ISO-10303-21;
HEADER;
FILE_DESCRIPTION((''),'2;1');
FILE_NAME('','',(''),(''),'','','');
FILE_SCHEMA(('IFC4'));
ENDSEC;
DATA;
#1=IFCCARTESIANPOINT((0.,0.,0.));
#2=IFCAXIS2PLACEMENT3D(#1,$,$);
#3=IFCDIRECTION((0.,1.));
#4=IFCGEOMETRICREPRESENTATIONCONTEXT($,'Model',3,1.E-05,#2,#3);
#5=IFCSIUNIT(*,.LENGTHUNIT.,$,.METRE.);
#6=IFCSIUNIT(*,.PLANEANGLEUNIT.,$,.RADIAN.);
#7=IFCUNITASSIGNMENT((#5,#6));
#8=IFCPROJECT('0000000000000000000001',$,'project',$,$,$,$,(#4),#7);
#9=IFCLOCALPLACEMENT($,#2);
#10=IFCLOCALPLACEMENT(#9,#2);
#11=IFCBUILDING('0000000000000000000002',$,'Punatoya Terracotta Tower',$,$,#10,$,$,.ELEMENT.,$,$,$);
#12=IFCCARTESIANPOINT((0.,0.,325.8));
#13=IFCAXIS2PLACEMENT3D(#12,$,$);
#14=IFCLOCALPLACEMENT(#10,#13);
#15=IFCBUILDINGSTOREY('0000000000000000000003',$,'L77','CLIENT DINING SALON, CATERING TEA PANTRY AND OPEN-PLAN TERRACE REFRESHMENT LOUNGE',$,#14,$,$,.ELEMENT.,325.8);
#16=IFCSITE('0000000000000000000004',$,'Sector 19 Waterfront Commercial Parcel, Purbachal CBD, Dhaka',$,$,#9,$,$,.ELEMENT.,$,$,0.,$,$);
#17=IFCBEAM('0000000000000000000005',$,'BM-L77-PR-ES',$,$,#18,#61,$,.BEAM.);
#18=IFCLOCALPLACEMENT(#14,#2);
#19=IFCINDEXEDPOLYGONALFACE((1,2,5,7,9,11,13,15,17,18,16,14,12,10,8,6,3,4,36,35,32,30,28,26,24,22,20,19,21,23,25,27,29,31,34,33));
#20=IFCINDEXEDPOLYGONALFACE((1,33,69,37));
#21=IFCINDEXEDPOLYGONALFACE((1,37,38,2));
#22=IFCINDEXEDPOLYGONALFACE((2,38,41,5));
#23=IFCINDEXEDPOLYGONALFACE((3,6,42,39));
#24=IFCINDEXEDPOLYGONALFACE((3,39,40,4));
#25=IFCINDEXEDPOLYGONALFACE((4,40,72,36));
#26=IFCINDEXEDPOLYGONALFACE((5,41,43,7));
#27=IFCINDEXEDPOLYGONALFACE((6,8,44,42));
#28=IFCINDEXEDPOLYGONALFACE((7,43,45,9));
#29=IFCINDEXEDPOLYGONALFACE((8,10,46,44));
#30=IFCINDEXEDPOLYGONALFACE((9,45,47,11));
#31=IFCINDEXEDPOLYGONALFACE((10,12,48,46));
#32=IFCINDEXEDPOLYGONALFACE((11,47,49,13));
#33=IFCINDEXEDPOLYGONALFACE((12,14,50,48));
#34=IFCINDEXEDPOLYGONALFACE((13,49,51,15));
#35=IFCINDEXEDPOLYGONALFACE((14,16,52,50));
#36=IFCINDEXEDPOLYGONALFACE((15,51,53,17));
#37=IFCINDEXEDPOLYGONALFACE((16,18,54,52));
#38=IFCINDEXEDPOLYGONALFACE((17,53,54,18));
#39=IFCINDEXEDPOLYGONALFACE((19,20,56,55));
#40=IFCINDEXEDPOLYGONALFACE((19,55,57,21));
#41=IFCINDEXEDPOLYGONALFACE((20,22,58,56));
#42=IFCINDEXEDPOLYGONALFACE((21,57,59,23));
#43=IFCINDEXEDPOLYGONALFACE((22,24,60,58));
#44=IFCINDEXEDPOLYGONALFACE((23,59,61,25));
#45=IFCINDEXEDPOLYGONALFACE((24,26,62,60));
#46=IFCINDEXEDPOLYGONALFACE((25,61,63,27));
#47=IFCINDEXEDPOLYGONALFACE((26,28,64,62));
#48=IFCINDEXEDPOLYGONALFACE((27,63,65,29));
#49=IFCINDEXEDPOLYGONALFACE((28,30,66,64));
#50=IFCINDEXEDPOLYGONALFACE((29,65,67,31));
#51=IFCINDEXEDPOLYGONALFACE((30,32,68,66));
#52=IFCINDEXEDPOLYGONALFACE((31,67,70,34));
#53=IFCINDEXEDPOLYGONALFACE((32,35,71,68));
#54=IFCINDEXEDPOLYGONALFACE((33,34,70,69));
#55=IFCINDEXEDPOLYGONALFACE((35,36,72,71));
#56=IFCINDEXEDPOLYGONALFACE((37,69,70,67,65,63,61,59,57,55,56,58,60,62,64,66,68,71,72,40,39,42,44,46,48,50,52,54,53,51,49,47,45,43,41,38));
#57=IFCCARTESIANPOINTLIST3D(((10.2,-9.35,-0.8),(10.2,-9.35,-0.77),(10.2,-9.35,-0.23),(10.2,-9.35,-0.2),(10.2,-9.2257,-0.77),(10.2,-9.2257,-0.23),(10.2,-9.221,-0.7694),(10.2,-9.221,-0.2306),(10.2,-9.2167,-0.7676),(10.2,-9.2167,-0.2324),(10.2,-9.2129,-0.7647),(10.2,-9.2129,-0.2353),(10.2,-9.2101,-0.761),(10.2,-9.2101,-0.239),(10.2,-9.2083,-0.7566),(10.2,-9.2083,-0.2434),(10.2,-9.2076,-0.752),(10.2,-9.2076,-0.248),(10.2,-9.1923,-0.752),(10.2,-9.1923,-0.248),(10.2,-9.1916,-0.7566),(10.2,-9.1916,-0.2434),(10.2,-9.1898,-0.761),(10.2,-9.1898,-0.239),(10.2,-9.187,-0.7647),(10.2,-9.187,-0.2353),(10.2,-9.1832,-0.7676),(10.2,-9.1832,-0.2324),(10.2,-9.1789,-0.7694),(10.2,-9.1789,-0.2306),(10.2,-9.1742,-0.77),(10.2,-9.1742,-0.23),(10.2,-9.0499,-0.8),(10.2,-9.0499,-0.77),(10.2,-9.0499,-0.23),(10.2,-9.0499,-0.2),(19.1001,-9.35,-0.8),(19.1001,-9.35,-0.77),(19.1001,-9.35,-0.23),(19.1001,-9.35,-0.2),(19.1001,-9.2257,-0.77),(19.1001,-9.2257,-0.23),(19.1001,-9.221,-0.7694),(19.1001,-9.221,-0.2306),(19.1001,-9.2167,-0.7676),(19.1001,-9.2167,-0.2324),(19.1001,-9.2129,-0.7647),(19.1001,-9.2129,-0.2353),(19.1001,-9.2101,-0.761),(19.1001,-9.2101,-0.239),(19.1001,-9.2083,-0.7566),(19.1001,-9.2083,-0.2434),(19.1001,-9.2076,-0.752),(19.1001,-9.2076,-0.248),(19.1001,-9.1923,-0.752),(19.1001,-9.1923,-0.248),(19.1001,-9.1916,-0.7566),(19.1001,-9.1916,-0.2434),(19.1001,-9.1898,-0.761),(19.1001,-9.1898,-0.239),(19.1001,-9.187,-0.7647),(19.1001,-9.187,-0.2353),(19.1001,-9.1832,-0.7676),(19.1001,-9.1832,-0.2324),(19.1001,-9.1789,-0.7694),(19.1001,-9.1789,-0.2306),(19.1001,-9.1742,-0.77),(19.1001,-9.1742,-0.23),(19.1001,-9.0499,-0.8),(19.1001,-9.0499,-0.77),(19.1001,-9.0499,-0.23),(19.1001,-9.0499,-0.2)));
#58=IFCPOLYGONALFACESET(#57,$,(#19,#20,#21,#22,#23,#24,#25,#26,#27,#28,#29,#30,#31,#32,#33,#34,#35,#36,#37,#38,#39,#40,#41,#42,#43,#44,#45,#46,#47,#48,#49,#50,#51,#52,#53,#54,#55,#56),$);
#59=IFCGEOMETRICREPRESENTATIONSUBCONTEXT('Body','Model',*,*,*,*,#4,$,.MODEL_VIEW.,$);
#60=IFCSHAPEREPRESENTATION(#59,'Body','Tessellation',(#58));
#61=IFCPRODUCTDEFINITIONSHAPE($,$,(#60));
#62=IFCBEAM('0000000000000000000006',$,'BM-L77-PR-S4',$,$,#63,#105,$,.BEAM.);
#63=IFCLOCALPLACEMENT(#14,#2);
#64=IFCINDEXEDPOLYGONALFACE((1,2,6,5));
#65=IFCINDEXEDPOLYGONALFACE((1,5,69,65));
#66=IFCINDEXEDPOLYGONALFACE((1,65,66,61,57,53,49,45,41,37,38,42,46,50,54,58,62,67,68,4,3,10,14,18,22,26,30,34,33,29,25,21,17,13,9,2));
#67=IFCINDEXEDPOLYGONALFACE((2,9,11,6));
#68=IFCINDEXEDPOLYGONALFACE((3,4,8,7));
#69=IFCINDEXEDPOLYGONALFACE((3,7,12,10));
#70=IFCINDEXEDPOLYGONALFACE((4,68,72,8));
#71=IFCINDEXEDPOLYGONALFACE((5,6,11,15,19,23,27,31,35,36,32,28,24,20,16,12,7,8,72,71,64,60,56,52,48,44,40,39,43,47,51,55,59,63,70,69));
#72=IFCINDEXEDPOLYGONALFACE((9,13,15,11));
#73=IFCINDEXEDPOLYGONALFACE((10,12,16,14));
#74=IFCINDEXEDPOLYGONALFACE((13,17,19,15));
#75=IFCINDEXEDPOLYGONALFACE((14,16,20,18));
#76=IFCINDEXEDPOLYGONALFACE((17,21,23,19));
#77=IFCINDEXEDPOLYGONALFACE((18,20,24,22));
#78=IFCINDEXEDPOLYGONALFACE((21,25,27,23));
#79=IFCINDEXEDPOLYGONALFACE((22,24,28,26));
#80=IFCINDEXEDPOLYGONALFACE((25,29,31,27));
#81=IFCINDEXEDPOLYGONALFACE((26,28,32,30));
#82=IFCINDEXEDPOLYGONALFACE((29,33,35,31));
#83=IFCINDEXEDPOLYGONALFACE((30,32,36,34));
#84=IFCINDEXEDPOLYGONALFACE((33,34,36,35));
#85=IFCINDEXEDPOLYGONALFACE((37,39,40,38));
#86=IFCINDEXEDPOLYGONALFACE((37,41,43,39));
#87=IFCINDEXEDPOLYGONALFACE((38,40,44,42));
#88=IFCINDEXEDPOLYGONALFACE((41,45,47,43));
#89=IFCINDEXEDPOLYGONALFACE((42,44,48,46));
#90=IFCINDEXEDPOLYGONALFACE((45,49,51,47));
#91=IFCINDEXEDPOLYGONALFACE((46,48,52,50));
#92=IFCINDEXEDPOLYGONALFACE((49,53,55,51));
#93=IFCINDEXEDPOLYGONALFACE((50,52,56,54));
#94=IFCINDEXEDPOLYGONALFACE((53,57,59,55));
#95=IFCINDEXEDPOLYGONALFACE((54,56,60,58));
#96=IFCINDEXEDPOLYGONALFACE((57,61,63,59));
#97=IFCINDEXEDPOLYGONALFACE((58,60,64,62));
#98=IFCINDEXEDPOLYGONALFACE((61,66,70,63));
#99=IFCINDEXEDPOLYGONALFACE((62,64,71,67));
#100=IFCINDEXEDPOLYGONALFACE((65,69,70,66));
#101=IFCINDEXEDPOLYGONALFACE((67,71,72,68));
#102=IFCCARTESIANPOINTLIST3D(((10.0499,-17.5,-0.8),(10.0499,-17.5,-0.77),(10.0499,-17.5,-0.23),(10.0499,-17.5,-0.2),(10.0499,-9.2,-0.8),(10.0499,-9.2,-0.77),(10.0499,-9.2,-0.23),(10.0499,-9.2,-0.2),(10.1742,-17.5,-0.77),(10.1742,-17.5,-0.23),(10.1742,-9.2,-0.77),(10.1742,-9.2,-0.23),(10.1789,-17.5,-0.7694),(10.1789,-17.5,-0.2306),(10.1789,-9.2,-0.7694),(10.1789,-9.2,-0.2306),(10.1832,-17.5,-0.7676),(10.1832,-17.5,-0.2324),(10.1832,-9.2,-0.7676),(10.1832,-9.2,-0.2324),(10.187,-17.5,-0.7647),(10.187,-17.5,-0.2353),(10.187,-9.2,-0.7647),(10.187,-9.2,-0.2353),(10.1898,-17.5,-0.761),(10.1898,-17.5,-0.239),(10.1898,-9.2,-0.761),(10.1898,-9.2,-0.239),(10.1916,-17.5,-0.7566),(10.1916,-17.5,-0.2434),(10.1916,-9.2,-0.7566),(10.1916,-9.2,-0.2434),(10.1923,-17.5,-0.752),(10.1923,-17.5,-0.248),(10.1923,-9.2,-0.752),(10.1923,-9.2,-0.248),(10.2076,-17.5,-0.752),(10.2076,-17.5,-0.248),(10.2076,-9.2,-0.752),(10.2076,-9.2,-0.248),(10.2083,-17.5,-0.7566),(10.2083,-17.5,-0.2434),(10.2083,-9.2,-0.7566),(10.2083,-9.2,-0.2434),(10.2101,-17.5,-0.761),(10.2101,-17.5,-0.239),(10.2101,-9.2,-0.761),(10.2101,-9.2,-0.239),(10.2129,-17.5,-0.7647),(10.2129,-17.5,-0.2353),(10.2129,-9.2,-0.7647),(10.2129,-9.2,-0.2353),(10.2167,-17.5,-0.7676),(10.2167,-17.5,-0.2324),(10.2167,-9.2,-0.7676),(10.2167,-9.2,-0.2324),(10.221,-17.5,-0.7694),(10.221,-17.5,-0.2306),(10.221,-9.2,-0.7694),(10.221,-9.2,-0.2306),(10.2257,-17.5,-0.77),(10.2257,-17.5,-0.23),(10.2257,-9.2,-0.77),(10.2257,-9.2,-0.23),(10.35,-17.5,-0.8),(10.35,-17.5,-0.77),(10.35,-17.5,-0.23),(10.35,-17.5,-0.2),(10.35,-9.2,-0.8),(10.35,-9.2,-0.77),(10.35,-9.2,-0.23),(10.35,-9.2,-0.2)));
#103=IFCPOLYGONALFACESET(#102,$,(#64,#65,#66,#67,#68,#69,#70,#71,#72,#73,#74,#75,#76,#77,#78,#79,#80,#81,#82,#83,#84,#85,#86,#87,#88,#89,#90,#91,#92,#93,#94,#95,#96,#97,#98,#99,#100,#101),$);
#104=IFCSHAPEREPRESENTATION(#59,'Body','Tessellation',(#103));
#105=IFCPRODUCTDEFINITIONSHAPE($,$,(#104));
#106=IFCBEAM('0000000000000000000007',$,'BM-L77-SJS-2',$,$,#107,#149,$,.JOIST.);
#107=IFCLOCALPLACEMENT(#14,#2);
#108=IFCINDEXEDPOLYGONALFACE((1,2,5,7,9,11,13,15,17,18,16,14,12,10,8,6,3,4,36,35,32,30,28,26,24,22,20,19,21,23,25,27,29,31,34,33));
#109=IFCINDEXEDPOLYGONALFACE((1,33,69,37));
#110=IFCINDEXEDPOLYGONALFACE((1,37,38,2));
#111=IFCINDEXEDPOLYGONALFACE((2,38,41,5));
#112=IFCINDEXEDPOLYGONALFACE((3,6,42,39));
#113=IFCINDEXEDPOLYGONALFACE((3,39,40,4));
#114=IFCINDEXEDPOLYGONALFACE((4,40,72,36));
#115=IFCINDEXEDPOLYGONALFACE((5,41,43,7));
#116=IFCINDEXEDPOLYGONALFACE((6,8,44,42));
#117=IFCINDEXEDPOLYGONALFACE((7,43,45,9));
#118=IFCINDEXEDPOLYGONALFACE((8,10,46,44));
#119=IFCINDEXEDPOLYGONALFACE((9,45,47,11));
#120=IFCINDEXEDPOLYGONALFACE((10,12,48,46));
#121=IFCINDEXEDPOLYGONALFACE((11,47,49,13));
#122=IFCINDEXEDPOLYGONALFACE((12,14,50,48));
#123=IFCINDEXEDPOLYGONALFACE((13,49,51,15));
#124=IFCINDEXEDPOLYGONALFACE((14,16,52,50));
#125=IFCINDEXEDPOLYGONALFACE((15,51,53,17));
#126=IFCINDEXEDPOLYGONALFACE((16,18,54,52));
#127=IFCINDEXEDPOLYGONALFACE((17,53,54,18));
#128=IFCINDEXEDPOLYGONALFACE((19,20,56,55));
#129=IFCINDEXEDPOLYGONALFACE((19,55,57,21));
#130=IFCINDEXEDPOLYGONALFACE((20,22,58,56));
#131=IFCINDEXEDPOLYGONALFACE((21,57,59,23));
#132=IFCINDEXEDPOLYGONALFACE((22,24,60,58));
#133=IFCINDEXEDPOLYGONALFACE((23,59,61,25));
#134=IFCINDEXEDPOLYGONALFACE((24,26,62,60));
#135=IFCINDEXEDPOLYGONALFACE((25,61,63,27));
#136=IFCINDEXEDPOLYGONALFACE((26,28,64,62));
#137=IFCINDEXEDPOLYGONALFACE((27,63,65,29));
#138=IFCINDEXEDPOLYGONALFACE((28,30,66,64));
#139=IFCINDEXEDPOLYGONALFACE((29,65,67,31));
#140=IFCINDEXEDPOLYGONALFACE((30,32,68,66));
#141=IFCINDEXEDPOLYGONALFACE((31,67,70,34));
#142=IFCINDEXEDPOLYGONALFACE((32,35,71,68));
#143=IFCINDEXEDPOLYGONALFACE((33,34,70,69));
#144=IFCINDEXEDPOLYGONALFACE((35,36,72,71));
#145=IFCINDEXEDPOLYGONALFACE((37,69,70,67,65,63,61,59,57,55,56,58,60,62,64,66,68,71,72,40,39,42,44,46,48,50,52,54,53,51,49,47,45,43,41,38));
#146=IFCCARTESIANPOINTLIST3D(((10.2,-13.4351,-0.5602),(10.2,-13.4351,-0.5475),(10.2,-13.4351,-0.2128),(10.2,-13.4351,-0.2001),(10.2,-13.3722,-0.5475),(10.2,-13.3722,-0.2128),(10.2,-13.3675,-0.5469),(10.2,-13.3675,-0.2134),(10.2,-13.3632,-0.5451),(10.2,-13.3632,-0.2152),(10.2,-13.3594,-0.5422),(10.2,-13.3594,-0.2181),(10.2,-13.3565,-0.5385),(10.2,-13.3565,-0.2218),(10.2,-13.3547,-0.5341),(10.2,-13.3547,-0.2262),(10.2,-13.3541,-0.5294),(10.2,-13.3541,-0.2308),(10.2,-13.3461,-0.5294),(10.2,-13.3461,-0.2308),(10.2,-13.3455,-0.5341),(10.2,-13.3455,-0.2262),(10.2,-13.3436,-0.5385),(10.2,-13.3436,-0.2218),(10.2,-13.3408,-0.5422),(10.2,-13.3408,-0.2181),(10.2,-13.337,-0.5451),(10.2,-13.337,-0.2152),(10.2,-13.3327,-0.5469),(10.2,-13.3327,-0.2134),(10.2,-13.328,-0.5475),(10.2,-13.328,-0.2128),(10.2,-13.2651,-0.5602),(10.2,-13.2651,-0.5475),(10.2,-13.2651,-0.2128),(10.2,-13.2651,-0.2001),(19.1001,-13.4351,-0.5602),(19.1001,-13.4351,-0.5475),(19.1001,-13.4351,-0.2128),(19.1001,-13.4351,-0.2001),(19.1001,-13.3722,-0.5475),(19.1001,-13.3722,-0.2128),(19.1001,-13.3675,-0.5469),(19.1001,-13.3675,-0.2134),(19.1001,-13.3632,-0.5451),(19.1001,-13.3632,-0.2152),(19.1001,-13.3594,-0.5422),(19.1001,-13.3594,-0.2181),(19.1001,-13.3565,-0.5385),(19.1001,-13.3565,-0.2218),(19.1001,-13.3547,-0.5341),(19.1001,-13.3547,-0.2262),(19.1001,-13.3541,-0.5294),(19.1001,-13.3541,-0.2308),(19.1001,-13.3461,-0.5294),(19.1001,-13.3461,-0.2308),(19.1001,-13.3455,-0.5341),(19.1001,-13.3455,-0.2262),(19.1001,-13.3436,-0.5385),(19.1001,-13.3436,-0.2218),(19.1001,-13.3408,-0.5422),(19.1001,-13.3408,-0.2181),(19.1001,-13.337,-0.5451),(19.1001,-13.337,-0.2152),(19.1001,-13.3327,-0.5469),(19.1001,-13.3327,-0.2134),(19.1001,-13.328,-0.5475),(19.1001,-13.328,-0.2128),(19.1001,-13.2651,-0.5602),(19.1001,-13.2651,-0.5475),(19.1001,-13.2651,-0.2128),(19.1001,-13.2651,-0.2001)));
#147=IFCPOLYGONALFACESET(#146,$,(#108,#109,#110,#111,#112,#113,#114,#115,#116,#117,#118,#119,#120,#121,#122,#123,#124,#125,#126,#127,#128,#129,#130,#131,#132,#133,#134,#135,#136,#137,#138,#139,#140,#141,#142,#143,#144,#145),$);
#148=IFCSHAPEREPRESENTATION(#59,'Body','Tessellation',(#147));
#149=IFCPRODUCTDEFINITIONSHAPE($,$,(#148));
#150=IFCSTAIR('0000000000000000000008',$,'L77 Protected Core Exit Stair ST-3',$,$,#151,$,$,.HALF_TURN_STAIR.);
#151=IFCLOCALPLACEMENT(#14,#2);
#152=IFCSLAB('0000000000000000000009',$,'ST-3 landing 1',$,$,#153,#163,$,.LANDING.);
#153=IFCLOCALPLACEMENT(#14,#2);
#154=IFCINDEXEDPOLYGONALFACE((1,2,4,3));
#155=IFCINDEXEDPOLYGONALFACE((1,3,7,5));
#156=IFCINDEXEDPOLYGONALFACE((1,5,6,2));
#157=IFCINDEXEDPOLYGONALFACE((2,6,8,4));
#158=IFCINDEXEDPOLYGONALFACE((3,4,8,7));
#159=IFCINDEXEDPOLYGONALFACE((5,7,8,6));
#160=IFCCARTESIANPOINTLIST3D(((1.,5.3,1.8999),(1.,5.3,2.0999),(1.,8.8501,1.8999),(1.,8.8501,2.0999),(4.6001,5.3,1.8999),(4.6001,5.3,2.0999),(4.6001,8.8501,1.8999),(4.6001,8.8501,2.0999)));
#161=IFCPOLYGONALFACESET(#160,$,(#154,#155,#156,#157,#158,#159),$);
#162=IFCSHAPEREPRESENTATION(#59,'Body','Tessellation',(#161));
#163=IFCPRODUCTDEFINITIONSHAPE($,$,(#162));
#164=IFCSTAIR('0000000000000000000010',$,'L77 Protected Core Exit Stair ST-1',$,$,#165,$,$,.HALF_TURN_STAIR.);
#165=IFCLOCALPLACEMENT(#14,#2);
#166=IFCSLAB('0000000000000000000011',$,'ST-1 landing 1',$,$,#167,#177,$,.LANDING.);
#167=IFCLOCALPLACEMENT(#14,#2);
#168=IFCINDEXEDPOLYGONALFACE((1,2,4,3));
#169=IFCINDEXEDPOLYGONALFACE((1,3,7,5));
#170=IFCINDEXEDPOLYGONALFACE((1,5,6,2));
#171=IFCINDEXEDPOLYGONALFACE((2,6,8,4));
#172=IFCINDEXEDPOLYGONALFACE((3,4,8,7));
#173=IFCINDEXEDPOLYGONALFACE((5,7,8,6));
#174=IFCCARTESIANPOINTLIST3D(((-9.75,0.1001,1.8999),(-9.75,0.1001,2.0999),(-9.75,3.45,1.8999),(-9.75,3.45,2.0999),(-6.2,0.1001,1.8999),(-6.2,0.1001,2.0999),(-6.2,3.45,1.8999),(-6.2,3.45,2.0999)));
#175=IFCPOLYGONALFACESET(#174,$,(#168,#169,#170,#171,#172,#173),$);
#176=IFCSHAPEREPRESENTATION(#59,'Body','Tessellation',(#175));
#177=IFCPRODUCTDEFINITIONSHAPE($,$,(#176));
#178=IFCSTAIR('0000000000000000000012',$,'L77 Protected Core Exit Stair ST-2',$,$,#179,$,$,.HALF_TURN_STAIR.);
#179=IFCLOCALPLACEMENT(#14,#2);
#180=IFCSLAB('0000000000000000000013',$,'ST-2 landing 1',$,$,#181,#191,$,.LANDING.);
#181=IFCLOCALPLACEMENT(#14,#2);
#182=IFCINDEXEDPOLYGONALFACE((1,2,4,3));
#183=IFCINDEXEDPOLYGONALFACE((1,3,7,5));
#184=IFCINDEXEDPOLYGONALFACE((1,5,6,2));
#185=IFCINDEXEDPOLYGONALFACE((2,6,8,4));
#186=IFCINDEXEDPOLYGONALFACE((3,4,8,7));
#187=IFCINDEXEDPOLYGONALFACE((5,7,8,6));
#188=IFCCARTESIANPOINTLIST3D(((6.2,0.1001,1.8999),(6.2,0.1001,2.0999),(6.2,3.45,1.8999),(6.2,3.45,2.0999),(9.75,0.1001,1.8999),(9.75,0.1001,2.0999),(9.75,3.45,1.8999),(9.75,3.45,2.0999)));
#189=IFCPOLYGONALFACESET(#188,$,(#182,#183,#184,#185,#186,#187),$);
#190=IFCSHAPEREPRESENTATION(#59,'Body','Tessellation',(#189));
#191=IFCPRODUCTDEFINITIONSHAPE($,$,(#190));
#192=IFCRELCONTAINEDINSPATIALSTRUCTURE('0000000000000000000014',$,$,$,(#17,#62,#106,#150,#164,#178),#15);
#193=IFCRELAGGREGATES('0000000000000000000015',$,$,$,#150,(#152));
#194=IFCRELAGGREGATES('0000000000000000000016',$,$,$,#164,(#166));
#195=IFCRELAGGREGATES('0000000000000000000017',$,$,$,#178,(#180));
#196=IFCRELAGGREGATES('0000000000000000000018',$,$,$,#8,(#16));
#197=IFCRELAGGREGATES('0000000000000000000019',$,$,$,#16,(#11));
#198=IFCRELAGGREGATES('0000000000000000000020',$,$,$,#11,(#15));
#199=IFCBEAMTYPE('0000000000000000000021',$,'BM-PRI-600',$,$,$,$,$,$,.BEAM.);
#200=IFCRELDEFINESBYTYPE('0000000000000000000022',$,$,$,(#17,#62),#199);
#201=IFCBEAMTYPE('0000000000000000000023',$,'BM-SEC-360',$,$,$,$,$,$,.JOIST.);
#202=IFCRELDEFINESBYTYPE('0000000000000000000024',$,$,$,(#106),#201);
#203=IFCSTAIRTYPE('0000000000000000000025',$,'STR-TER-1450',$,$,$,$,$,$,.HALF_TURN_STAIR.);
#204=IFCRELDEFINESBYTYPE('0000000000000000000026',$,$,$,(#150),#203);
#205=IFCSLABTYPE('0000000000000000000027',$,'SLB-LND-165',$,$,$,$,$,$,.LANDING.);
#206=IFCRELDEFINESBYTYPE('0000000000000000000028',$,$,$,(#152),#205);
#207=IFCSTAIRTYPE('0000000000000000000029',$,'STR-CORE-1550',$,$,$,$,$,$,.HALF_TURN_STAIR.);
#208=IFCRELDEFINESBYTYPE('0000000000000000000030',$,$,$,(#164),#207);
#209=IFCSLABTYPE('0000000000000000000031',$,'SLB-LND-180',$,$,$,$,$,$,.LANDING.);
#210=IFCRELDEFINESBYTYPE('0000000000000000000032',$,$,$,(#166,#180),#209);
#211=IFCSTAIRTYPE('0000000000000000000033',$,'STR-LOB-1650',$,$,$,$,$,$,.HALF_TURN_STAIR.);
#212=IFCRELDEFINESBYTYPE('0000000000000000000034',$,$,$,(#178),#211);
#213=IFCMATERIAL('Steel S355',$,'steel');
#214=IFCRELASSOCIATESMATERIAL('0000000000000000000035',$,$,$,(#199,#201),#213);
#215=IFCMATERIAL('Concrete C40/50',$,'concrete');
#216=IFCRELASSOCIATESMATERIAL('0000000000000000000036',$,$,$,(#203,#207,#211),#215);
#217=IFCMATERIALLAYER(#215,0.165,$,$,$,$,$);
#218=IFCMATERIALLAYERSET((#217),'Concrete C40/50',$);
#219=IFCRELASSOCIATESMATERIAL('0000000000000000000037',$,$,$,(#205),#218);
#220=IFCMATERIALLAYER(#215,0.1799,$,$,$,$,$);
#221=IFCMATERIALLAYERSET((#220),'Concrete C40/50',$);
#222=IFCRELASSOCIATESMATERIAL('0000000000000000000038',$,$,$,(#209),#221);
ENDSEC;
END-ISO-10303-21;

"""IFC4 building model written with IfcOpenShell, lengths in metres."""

from ifc_helpers import new_model, si_unit, direction, frame, origin, origin_2d, place, context, subcontext, project, spatial, polyline, i_section, outline, extrude, material, layer, layer_set, material_profile, profile_set, type_object, element, aggregate, save


model = new_model("IFC4")

# Units and contexts
model_context = context("Model", 3, precision=1e-05, world=origin(), true_north=direction((0.0, 1.0)))
body_context = subcontext(model_context, "Body", "Model", "MODEL_VIEW")
ifc_project = project(units=[si_unit("LENGTHUNIT", "METRE"), si_unit("PLANEANGLEUNIT", "RADIAN")], contexts=[model_context])

# Site, building, storey
site_placement = place(None, origin())
site = spatial("IfcSite", under=ifc_project, at=site_placement, Name="Sector 19 Waterfront Commercial Parcel, Purbachal CBD, Dhaka", CompositionType="ELEMENT", RefElevation=0.0)
building_placement = place(site_placement, origin())
building = spatial("IfcBuilding", under=site, at=building_placement, Name="Punatoya Terracotta Tower", CompositionType="ELEMENT")
storey_placement = place(building_placement, frame((0.0, 0.0, 325.8)))
storey = spatial("IfcBuildingStorey", under=building, at=storey_placement, Name="L77", Description="CLIENT DINING SALON, CATERING TEA PANTRY AND OPEN-PLAN TERRACE REFRESHMENT LOUNGE", CompositionType="ELEMENT", Elevation=325.8)

# Beams
ifc_material_1 = material(Name="Steel S355", Category="steel")
ifc_material_profile_1 = material_profile(ifc_material_1, i_section(OverallWidth=0.3, OverallDepth=0.6001, WebThickness=0.0154, FlangeThickness=0.03, FilletRadius=0.0181, at=origin_2d()))
ifc_profile_set_1 = profile_set([ifc_material_profile_1], Name="Steel S355")
beam_type_1 = type_object("IfcBeamType", Name="BM-PRI-600", PredefinedType="BEAM", material=ifc_profile_set_1)
beam_1_placement = place(storey_placement, frame((10.2, -9.2, -0.5), z_axis=(1.0, 0.0, 0.0), x_axis=(0.0, 1.0, 0.0)))
element("IfcBeam", 1, at=beam_1_placement, inside=storey, type_object=beam_type_1, Name="BM-L77-PR-ES", PredefinedType="BEAM", context=body_context, shape_type="SweptSolid", body=[
    extrude(i_section(OverallWidth=0.3, OverallDepth=0.6001, WebThickness=0.0154, FlangeThickness=0.03, FilletRadius=0.0181, at=origin_2d()), origin(), (0.0, 0.0, 1.0), 8.9001),
])
beam_2_placement = place(storey_placement, frame((10.2, -17.5, -0.5), z_axis=(0.0, 1.0, 0.0), x_axis=(-1.0, 0.0, 0.0)))
element("IfcBeam", 2, at=beam_2_placement, inside=storey, type_object=beam_type_1, Name="BM-L77-PR-S4", PredefinedType="BEAM", context=body_context, shape_type="SweptSolid", body=[
    extrude(i_section(OverallWidth=0.3, OverallDepth=0.6001, WebThickness=0.0154, FlangeThickness=0.03, FilletRadius=0.0181, at=origin_2d()), origin(), (0.0, 0.0, 1.0), 8.3),
])
ifc_material_profile_2 = material_profile(ifc_material_1, i_section(OverallWidth=0.1699, OverallDepth=0.3601, WebThickness=0.0081, FlangeThickness=0.0127, FilletRadius=0.0181, at=origin_2d()))
ifc_profile_set_2 = profile_set([ifc_material_profile_2], Name="Steel S355")
beam_type_2 = type_object("IfcBeamType", Name="BM-SEC-360", PredefinedType="JOIST", material=ifc_profile_set_2)
beam_3_placement = place(storey_placement, frame((10.2, -13.3501, -0.3801), z_axis=(1.0, 0.0, 0.0), x_axis=(0.0, 1.0, 0.0)))
element("IfcBeam", 3, at=beam_3_placement, inside=storey, type_object=beam_type_2, Name="BM-L77-SJS-2", PredefinedType="JOIST", context=body_context, shape_type="SweptSolid", body=[
    extrude(i_section(OverallWidth=0.1699, OverallDepth=0.3601, WebThickness=0.0081, FlangeThickness=0.0127, FilletRadius=0.0181, at=origin_2d()), origin(), (0.0, 0.0, 1.0), 8.9001),
])

# Stairs, slabs
ifc_material_2 = material(Name="Concrete C40/50", Category="concrete")
stair_type_1 = type_object("IfcStairType", Name="STR-TER-1450", PredefinedType="HALF_TURN_STAIR", material=ifc_material_2)
stair_1_placement = place(storey_placement, origin())
stair_1 = element("IfcStair", 4, at=stair_1_placement, inside=storey, type_object=stair_type_1, Name="L77 Protected Core Exit Stair ST-3", PredefinedType="HALF_TURN_STAIR")
ifc_layer_1 = layer(ifc_material_2, 0.165)
ifc_layer_set_1 = layer_set([ifc_layer_1], Name="Concrete C40/50")
slab_type_1 = type_object("IfcSlabType", Name="SLB-LND-165", PredefinedType="LANDING", material=ifc_layer_set_1)
slab_1_placement = place(storey_placement, frame((0.0, 0.0, 1.8999)))
slab_1 = element("IfcSlab", 5, at=slab_1_placement, type_object=slab_type_1, Name="ST-3 landing 1", PredefinedType="LANDING", context=body_context, shape_type="SweptSolid", body=[
    extrude(outline(polyline([(1.0, 5.3), (4.6001, 5.3), (4.6001, 8.8501), (1.0, 8.8501), (1.0, 5.3)])), origin(), (0.0, 0.0, 1.0), 0.2),
])
aggregate(stair_1, [slab_1])
stair_type_2 = type_object("IfcStairType", Name="STR-CORE-1550", PredefinedType="HALF_TURN_STAIR", material=ifc_material_2)
stair_2_placement = place(storey_placement, origin())
stair_2 = element("IfcStair", 6, at=stair_2_placement, inside=storey, type_object=stair_type_2, Name="L77 Protected Core Exit Stair ST-1", PredefinedType="HALF_TURN_STAIR")
ifc_layer_2 = layer(ifc_material_2, 0.1799)
ifc_layer_set_2 = layer_set([ifc_layer_2], Name="Concrete C40/50")
slab_type_2 = type_object("IfcSlabType", Name="SLB-LND-180", PredefinedType="LANDING", material=ifc_layer_set_2)
slab_2_placement = place(storey_placement, frame((0.0, 0.0, 1.8999)))
slab_2 = element("IfcSlab", 7, at=slab_2_placement, type_object=slab_type_2, Name="ST-1 landing 1", PredefinedType="LANDING", context=body_context, shape_type="SweptSolid", body=[
    extrude(outline(polyline([(-6.2, 0.1001), (-6.2, 3.45), (-9.75, 3.45), (-9.75, 0.1001), (-6.2, 0.1001)])), origin(), (0.0, 0.0, 1.0), 0.2),
])
aggregate(stair_2, [slab_2])
stair_type_3 = type_object("IfcStairType", Name="STR-LOB-1650", PredefinedType="HALF_TURN_STAIR", material=ifc_material_2)
stair_3_placement = place(storey_placement, origin())
stair_3 = element("IfcStair", 8, at=stair_3_placement, inside=storey, type_object=stair_type_3, Name="L77 Protected Core Exit Stair ST-2", PredefinedType="HALF_TURN_STAIR")
slab_3_placement = place(storey_placement, frame((0.0, 0.0, 1.8999)))
slab_3 = element("IfcSlab", 9, at=slab_3_placement, type_object=slab_type_2, Name="ST-2 landing 1", PredefinedType="LANDING", context=body_context, shape_type="SweptSolid", body=[
    extrude(outline(polyline([(9.75, 0.1001), (9.75, 3.45), (6.2, 3.45), (6.2, 0.1001), (9.75, 0.1001)])), origin(), (0.0, 0.0, 1.0), 0.2),
])

aggregate(stair_3, [slab_3])

save(model, "model.ifc")
